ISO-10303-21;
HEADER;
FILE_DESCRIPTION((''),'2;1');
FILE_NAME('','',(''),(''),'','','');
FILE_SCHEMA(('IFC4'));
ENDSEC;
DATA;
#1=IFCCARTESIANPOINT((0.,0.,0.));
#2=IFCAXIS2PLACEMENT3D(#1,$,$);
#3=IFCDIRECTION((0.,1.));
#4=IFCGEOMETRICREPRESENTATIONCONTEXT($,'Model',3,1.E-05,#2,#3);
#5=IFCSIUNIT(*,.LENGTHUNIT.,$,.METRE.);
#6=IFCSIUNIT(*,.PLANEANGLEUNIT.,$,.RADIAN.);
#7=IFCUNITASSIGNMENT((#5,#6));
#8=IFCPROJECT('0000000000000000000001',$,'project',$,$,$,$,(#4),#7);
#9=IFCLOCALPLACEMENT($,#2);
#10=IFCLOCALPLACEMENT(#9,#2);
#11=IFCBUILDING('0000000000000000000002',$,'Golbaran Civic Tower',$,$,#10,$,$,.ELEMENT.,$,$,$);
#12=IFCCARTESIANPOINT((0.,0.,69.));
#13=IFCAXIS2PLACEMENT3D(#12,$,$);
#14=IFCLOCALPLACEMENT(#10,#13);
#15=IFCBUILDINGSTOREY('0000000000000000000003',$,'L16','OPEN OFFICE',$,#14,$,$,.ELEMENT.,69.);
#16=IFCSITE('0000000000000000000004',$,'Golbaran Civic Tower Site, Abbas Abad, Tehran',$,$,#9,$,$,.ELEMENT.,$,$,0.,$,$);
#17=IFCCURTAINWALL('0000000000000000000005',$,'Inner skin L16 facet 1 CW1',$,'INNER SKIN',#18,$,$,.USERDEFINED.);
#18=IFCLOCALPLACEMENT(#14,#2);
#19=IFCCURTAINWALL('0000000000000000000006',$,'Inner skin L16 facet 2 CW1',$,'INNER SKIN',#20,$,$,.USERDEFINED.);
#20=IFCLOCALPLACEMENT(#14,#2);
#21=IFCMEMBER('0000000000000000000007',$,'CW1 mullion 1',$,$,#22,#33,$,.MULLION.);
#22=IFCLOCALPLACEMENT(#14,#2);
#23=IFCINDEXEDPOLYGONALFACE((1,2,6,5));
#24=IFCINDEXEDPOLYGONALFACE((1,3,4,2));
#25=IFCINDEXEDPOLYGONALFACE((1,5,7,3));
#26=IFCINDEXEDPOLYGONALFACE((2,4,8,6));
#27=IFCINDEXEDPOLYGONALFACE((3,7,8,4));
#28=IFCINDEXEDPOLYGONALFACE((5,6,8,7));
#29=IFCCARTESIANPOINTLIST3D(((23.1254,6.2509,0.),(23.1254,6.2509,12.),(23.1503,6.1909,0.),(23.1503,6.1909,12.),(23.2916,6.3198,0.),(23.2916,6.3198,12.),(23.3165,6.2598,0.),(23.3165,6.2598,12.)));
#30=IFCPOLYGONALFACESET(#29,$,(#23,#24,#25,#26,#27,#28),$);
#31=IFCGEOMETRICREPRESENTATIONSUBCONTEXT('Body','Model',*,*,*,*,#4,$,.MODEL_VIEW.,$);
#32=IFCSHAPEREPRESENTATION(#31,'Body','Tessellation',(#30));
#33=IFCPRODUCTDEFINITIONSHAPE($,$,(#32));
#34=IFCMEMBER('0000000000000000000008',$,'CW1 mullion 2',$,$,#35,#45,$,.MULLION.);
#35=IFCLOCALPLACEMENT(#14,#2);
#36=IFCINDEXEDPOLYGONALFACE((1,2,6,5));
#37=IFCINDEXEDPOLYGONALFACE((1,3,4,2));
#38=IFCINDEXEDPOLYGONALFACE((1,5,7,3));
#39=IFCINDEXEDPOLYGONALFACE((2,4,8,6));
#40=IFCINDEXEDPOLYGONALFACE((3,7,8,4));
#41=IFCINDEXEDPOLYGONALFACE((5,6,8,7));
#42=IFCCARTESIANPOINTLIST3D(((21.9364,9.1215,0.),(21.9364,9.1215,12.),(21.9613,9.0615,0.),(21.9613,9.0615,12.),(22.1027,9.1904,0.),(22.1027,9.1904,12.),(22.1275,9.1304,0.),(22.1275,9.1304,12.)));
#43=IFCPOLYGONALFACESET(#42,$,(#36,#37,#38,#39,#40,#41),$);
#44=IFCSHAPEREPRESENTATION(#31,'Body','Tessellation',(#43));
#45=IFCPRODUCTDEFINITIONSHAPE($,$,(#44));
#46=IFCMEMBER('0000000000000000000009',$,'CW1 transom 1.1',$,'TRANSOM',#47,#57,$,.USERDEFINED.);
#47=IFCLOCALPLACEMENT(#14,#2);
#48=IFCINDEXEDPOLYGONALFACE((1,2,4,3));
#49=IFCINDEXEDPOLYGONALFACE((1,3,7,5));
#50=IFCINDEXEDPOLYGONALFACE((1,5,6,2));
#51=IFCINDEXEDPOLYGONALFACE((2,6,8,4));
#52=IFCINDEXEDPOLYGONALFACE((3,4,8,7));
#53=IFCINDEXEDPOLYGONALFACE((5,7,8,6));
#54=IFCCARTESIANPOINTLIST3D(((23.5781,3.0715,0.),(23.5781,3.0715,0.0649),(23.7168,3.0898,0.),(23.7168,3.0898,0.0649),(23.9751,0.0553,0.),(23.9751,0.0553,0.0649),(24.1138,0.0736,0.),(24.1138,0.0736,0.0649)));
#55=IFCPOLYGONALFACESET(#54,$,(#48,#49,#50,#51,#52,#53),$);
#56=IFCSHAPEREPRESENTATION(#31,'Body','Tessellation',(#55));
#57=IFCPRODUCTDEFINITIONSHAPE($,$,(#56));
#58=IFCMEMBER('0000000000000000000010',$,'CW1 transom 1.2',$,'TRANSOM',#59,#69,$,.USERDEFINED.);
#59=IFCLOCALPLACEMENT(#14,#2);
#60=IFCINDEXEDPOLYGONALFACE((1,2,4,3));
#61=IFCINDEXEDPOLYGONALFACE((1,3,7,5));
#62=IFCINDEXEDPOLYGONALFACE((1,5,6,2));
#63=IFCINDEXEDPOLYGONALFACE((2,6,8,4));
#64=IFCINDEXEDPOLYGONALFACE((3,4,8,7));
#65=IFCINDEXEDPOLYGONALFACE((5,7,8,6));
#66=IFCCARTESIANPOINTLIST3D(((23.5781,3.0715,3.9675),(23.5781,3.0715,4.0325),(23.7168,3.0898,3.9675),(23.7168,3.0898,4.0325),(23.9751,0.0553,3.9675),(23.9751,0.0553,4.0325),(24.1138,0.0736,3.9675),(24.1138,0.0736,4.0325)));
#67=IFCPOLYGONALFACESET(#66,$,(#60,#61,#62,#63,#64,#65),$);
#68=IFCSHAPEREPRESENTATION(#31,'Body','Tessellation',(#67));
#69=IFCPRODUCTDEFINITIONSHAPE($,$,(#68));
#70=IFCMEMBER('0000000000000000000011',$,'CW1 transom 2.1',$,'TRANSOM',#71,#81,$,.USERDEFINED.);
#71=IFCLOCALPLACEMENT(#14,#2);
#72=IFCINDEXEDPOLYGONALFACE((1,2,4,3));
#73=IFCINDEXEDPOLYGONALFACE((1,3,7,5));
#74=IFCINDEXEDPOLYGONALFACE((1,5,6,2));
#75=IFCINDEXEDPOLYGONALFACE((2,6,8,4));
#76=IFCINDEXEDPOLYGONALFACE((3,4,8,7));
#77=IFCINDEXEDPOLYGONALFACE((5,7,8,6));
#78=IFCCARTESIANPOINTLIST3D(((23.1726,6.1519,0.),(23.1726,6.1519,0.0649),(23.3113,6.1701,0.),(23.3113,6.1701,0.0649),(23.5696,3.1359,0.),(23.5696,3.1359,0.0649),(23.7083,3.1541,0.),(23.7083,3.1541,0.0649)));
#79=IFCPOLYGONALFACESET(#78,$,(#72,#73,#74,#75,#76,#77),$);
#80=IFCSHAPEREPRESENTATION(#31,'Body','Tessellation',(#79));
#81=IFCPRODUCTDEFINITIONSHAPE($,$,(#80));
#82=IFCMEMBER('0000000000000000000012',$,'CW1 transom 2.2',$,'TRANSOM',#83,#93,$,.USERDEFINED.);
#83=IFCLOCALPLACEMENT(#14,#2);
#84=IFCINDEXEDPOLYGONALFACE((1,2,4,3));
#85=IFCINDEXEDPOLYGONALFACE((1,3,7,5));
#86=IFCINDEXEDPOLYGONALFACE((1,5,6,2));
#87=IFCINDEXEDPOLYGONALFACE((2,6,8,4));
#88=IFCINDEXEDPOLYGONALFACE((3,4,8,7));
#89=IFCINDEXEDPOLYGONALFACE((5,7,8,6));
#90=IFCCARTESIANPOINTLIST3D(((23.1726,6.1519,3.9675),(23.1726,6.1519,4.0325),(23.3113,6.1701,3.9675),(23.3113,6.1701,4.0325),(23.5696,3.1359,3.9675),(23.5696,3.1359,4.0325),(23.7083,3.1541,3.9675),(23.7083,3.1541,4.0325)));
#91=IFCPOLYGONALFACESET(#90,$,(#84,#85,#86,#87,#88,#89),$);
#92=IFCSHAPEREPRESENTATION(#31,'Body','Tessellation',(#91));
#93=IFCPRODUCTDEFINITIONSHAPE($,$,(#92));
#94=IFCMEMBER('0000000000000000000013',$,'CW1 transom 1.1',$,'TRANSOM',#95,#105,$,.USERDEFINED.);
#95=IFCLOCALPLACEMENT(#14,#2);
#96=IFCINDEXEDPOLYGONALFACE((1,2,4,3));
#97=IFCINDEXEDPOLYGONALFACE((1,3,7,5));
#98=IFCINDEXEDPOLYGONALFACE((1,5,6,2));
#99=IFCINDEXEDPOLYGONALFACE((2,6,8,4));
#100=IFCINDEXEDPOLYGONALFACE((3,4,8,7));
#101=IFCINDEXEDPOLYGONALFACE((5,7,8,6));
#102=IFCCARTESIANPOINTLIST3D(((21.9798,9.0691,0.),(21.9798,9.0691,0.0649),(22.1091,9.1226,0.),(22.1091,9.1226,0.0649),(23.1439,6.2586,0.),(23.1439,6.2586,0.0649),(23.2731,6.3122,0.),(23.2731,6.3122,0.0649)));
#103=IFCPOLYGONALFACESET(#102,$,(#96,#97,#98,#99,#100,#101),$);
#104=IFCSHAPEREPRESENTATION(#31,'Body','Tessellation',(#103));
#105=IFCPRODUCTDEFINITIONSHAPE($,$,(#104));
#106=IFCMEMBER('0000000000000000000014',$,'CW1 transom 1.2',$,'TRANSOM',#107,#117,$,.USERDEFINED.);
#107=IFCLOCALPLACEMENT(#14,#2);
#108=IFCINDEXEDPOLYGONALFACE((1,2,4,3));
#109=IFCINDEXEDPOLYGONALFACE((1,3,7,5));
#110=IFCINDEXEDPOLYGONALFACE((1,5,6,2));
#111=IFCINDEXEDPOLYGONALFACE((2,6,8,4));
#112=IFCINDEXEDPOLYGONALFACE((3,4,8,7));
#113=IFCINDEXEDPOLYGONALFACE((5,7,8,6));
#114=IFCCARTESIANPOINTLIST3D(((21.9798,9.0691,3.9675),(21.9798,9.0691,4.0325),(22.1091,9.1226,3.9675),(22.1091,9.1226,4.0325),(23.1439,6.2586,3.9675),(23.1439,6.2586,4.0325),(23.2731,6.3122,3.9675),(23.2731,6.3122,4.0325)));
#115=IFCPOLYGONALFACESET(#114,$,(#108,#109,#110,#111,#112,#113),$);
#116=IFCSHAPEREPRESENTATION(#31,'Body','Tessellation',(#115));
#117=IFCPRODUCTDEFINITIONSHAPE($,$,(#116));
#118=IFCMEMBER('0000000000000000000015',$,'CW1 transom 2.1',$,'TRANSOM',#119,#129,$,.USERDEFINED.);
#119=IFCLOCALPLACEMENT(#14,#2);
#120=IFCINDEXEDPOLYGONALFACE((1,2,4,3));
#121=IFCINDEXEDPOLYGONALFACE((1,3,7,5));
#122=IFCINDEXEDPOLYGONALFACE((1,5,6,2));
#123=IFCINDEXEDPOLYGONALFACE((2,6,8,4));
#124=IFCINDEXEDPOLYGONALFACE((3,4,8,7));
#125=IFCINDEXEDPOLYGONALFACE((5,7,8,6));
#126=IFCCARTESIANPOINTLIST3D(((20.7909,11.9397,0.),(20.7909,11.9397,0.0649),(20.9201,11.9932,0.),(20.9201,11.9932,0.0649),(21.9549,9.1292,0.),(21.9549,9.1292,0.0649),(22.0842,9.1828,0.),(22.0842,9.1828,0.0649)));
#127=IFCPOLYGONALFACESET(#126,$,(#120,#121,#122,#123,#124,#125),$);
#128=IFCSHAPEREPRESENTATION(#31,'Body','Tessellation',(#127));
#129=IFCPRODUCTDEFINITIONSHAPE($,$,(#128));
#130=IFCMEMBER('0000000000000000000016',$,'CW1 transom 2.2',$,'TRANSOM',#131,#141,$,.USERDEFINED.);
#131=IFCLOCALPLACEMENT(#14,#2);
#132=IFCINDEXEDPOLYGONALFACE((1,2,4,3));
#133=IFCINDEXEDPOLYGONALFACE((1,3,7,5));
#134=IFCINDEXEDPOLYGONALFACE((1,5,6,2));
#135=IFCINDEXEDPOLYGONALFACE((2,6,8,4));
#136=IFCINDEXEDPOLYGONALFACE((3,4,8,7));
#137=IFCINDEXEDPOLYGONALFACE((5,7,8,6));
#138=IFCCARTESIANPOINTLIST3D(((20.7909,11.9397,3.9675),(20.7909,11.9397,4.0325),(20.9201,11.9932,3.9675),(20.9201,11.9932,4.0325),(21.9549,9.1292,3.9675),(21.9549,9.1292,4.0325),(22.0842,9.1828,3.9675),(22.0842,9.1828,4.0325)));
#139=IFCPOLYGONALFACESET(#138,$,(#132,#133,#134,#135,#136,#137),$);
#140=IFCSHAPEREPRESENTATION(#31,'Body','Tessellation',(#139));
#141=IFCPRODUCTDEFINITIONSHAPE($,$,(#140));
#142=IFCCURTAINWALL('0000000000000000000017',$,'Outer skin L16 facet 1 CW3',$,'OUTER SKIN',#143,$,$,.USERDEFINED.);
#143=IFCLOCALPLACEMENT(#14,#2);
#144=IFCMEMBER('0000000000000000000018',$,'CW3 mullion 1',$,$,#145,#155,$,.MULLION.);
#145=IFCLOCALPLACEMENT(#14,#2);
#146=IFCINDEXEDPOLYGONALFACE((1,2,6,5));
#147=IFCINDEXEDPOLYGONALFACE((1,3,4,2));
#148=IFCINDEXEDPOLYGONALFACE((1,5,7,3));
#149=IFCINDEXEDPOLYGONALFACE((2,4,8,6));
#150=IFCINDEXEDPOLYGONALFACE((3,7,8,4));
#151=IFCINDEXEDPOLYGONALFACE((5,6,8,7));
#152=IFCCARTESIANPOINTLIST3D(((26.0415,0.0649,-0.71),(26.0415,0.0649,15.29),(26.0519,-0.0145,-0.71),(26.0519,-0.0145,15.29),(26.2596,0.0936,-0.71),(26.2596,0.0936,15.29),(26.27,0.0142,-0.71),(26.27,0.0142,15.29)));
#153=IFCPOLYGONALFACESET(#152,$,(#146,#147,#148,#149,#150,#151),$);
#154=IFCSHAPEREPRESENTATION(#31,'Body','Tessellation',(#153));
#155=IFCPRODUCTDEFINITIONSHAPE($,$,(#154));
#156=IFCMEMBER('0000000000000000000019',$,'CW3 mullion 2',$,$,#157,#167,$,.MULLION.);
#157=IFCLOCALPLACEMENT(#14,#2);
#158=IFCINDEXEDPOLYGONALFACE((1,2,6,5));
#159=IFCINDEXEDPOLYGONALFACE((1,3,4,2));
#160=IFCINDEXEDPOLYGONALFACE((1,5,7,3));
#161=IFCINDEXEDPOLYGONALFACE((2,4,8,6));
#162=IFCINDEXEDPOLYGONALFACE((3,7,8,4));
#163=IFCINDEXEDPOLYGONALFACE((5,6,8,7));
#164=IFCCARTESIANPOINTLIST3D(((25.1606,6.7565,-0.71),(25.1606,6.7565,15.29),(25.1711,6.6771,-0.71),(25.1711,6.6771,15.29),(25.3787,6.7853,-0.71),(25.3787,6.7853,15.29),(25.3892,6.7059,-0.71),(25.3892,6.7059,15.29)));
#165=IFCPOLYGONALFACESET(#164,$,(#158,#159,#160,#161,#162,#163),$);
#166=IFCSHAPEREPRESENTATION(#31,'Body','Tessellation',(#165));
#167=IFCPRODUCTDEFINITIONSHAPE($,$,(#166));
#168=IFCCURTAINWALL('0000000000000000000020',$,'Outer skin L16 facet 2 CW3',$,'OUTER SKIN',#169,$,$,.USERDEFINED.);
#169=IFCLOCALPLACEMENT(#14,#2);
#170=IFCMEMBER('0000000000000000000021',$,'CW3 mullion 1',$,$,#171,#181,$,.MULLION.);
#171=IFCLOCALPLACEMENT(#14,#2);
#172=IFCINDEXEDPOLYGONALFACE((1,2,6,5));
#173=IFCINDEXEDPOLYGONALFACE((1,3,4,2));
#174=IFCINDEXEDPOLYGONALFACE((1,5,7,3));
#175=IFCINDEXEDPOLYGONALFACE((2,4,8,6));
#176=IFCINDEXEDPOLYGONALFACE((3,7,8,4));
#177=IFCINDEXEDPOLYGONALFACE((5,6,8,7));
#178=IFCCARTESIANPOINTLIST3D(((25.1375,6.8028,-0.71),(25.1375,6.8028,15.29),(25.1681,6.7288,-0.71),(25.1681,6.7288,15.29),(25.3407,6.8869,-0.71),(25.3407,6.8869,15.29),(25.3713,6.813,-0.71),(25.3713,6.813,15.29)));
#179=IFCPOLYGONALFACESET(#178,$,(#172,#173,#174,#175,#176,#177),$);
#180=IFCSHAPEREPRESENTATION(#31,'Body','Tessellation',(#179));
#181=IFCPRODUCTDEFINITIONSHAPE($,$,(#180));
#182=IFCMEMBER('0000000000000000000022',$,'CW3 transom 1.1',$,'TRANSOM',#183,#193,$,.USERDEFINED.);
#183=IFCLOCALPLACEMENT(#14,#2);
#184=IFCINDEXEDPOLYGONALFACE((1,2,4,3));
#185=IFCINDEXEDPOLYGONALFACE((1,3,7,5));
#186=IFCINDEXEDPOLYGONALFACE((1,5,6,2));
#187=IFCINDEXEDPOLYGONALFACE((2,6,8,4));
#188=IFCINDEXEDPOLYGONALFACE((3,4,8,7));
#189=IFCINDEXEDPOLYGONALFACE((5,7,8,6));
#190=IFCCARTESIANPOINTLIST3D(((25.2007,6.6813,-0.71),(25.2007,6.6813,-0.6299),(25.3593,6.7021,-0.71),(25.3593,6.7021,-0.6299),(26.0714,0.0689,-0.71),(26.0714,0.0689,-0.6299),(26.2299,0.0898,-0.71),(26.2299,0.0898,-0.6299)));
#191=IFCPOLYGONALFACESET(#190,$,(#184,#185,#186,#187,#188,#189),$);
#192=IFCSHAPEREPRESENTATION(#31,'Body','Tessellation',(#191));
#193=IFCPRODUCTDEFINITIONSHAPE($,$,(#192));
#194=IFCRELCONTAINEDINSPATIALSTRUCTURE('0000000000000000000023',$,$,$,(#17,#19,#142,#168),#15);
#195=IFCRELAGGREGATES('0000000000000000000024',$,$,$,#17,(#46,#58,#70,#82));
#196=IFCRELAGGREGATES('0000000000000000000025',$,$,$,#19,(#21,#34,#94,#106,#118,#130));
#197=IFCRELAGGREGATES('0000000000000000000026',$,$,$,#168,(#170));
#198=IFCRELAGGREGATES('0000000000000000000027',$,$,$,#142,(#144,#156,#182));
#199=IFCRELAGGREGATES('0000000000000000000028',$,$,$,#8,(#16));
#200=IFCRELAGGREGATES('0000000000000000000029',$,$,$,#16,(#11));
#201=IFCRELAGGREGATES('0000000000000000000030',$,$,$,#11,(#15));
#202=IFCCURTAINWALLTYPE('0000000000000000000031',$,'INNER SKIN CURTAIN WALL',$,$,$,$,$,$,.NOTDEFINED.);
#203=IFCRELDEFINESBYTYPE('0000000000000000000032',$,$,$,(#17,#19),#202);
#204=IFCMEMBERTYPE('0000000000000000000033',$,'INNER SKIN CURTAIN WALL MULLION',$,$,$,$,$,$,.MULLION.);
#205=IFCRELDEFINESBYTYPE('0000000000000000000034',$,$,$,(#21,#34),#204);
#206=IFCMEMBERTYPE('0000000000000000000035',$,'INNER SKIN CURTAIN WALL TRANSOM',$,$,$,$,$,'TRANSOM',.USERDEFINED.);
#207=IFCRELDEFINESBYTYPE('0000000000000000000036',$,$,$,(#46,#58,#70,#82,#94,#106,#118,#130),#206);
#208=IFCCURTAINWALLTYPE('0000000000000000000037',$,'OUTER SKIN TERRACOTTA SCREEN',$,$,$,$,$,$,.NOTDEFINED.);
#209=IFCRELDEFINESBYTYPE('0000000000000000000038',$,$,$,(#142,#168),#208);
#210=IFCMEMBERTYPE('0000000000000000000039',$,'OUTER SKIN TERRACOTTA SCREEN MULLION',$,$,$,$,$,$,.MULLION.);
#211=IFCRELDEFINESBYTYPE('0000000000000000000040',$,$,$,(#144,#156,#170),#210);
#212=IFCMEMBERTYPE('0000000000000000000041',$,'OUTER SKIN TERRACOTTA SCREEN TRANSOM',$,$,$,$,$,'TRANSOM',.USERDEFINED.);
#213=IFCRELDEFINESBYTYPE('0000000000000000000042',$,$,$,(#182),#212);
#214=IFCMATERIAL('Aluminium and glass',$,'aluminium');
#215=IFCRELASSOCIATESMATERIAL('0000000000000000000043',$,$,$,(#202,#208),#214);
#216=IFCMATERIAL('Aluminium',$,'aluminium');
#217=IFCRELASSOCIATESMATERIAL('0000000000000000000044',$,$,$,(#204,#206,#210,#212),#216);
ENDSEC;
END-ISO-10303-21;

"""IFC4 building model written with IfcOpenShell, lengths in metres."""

from ifc_helpers import new_model, si_unit, direction, frame, origin, origin_2d, place, context, subcontext, project, spatial, rectangle, extrude, material, material_profile, profile_set, type_object, element, aggregate, save


model = new_model("IFC4")

# Units and contexts
model_context = context("Model", 3, precision=1e-05, world=origin(), true_north=direction((0.0, 1.0)))
body_context = subcontext(model_context, "Body", "Model", "MODEL_VIEW")
ifc_project = project(units=[si_unit("LENGTHUNIT", "METRE"), si_unit("PLANEANGLEUNIT", "RADIAN")], contexts=[model_context])

# Site, building, storey
site_placement = place(None, origin())
site = spatial("IfcSite", under=ifc_project, at=site_placement, Name="Golbaran Civic Tower Site, Abbas Abad, Tehran", CompositionType="ELEMENT", RefElevation=0.0)
building_placement = place(site_placement, origin())
building = spatial("IfcBuilding", under=site, at=building_placement, Name="Golbaran Civic Tower", CompositionType="ELEMENT")
storey_placement = place(building_placement, frame((0.0, 0.0, 69.0)))
storey = spatial("IfcBuildingStorey", under=building, at=storey_placement, Name="L16", Description="OPEN OFFICE", CompositionType="ELEMENT", Elevation=69.0)

# Curtain walls, members
ifc_material_1 = material(Name="Aluminium and glass", Category="aluminium")
curtain_wall_type_1 = type_object("IfcCurtainWallType", Name="INNER SKIN CURTAIN WALL", PredefinedType="NOTDEFINED", material=ifc_material_1)
curtain_wall_1_placement = place(storey_placement, origin())
curtain_wall_1 = element("IfcCurtainWall", 1, at=curtain_wall_1_placement, inside=storey, type_object=curtain_wall_type_1, Name="Inner skin L16 facet 1 CW1", ObjectType="INNER SKIN", PredefinedType="USERDEFINED")
ifc_material_2 = material(Name="Aluminium", Category="aluminium")
ifc_material_profile_1 = material_profile(ifc_material_2, rectangle(XDim=0.1799, YDim=0.0649, at=origin_2d()), Name="INNER SKIN CURTAIN WALL MULLION")
ifc_profile_set_1 = profile_set([ifc_material_profile_1], Name="Aluminium")
member_type_1 = type_object("IfcMemberType", Name="INNER SKIN CURTAIN WALL MULLION", PredefinedType="MULLION", material=ifc_profile_set_1)
curtain_wall_2_placement = place(storey_placement, origin())
curtain_wall_2 = element("IfcCurtainWall", 2, at=curtain_wall_2_placement, inside=storey, type_object=curtain_wall_type_1, Name="Inner skin L16 facet 2 CW1", ObjectType="INNER SKIN", PredefinedType="USERDEFINED")
member_1_placement = place(storey_placement, frame((23.2209, 6.2554, 0.0), z_axis=(0.0, 0.0, 1.0), x_axis=(-0.92388, -0.382683, 0.0)))
member_1 = element("IfcMember", 3, at=member_1_placement, type_object=member_type_1, Name="CW1 mullion 1", PredefinedType="MULLION", context=body_context, shape_type="SweptSolid", body=[
    extrude(rectangle(XDim=0.1799, YDim=0.0649, at=origin_2d()), origin(), (0.0, 0.0, 1.0), 12.0),
])
member_2_placement = place(storey_placement, frame((22.032, 9.126, 0.0), z_axis=(0.0, 0.0, 1.0), x_axis=(-0.92388, -0.382683, 0.0)))
member_2 = element("IfcMember", 4, at=member_2_placement, type_object=member_type_1, Name="CW1 mullion 2", PredefinedType="MULLION", context=body_context, shape_type="SweptSolid", body=[
    extrude(rectangle(XDim=0.1799, YDim=0.0649, at=origin_2d()), origin(), (0.0, 0.0, 1.0), 12.0),
])

# Members
ifc_material_profile_2 = material_profile(ifc_material_2, rectangle(XDim=0.1399, YDim=0.0649, at=origin_2d()), Name="INNER SKIN CURTAIN WALL TRANSOM")
ifc_profile_set_2 = profile_set([ifc_material_profile_2], Name="Aluminium")
member_type_2 = type_object("IfcMemberType", Name="INNER SKIN CURTAIN WALL TRANSOM", ElementType="TRANSOM", PredefinedType="USERDEFINED", material=ifc_profile_set_2)
member_3_placement = place(storey_placement, frame((24.0444, 0.0645, 0.0325), z_axis=(-0.130492, 0.991449, 0.0), x_axis=(-0.991449, -0.130492, 0.0)))
member_3 = element("IfcMember", 5, at=member_3_placement, type_object=member_type_2, Name="CW1 transom 1.1", ObjectType="TRANSOM", PredefinedType="USERDEFINED", context=body_context, shape_type="SweptSolid", body=[
    extrude(rectangle(XDim=0.1399, YDim=0.0649, at=origin_2d()), origin(), (0.0, 0.0, 1.0), 3.0422),
])
member_4_placement = place(storey_placement, frame((24.0444, 0.0645, 4.0), z_axis=(-0.130492, 0.991449, 0.0), x_axis=(-0.991449, -0.130492, 0.0)))
member_4 = element("IfcMember", 6, at=member_4_placement, type_object=member_type_2, Name="CW1 transom 1.2", ObjectType="TRANSOM", PredefinedType="USERDEFINED", context=body_context, shape_type="SweptSolid", body=[
    extrude(rectangle(XDim=0.1399, YDim=0.0649, at=origin_2d()), origin(), (0.0, 0.0, 1.0), 3.0422),
])
member_5_placement = place(storey_placement, frame((23.6389, 3.145, 0.0325), z_axis=(-0.130502, 0.991448, 0.0), x_axis=(-0.991448, -0.130502, 0.0)))
member_5 = element("IfcMember", 7, at=member_5_placement, type_object=member_type_2, Name="CW1 transom 2.1", ObjectType="TRANSOM", PredefinedType="USERDEFINED", context=body_context, shape_type="SweptSolid", body=[
    extrude(rectangle(XDim=0.1399, YDim=0.0649, at=origin_2d()), origin(), (0.0, 0.0, 1.0), 3.042),
])
member_6_placement = place(storey_placement, frame((23.6389, 3.145, 4.0), z_axis=(-0.130502, 0.991448, 0.0), x_axis=(-0.991448, -0.130502, 0.0)))
member_6 = element("IfcMember", 8, at=member_6_placement, type_object=member_type_2, Name="CW1 transom 2.2", ObjectType="TRANSOM", PredefinedType="USERDEFINED", context=body_context, shape_type="SweptSolid", body=[
    extrude(rectangle(XDim=0.1399, YDim=0.0649, at=origin_2d()), origin(), (0.0, 0.0, 1.0), 3.042),
])
member_7_placement = place(storey_placement, frame((23.2085, 6.2854, 0.0325), z_axis=(-0.382654, 0.923892, 0.0), x_axis=(-0.923892, -0.382654, 0.0)))
member_7 = element("IfcMember", 9, at=member_7_placement, type_object=member_type_2, Name="CW1 transom 1.1", ObjectType="TRANSOM", PredefinedType="USERDEFINED", context=body_context, shape_type="SweptSolid", body=[
    extrude(rectangle(XDim=0.1399, YDim=0.0649, at=origin_2d()), origin(), (0.0, 0.0, 1.0), 3.042),
])
member_8_placement = place(storey_placement, frame((23.2085, 6.2854, 4.0), z_axis=(-0.382654, 0.923892, 0.0), x_axis=(-0.923892, -0.382654, 0.0)))
member_8 = element("IfcMember", 10, at=member_8_placement, type_object=member_type_2, Name="CW1 transom 1.2", ObjectType="TRANSOM", PredefinedType="USERDEFINED", context=body_context, shape_type="SweptSolid", body=[
    extrude(rectangle(XDim=0.1399, YDim=0.0649, at=origin_2d()), origin(), (0.0, 0.0, 1.0), 3.042),
])
member_9_placement = place(storey_placement, frame((22.0195, 9.156, 0.0325), z_axis=(-0.382654, 0.923892, 0.0), x_axis=(-0.923892, -0.382654, 0.0)))
member_9 = element("IfcMember", 11, at=member_9_placement, type_object=member_type_2, Name="CW1 transom 2.1", ObjectType="TRANSOM", PredefinedType="USERDEFINED", context=body_context, shape_type="SweptSolid", body=[
    extrude(rectangle(XDim=0.1399, YDim=0.0649, at=origin_2d()), origin(), (0.0, 0.0, 1.0), 3.042),
])
member_10_placement = place(storey_placement, frame((22.0195, 9.156, 4.0), z_axis=(-0.382654, 0.923892, 0.0), x_axis=(-0.923892, -0.382654, 0.0)))
member_10 = element("IfcMember", 12, at=member_10_placement, type_object=member_type_2, Name="CW1 transom 2.2", ObjectType="TRANSOM", PredefinedType="USERDEFINED", context=body_context, shape_type="SweptSolid", body=[
    extrude(rectangle(XDim=0.1399, YDim=0.0649, at=origin_2d()), origin(), (0.0, 0.0, 1.0), 3.042),
])

# Curtain wall, members
curtain_wall_type_2 = type_object("IfcCurtainWallType", Name="OUTER SKIN TERRACOTTA SCREEN", PredefinedType="NOTDEFINED", material=ifc_material_1)
curtain_wall_3_placement = place(storey_placement, origin())
curtain_wall_3 = element("IfcCurtainWall", 13, at=curtain_wall_3_placement, inside=storey, type_object=curtain_wall_type_2, Name="Outer skin L16 facet 1 CW3", ObjectType="OUTER SKIN", PredefinedType="USERDEFINED")
ifc_material_profile_3 = material_profile(ifc_material_2, rectangle(XDim=0.22, YDim=0.0801, at=origin_2d()), Name="OUTER SKIN TERRACOTTA SCREEN MULLION")
ifc_profile_set_3 = profile_set([ifc_material_profile_3], Name="Aluminium")
member_type_3 = type_object("IfcMemberType", Name="OUTER SKIN TERRACOTTA SCREEN MULLION", PredefinedType="MULLION", material=ifc_profile_set_3)
member_11_placement = place(storey_placement, frame((26.1558, 0.0396, -0.71), z_axis=(0.0, 0.0, 1.0), x_axis=(-0.991445, -0.130526, 0.0)))
member_11 = element("IfcMember", 14, at=member_11_placement, type_object=member_type_3, Name="CW3 mullion 1", PredefinedType="MULLION", context=body_context, shape_type="SweptSolid", body=[
    extrude(rectangle(XDim=0.22, YDim=0.0801, at=origin_2d()), origin(), (0.0, 0.0, 1.0), 16.0),
])
member_12_placement = place(storey_placement, frame((25.2749, 6.7312, -0.71), z_axis=(0.0, 0.0, 1.0), x_axis=(-0.991445, -0.130526, 0.0)))
member_12 = element("IfcMember", 15, at=member_12_placement, type_object=member_type_3, Name="CW3 mullion 2", PredefinedType="MULLION", context=body_context, shape_type="SweptSolid", body=[
    extrude(rectangle(XDim=0.22, YDim=0.0801, at=origin_2d()), origin(), (0.0, 0.0, 1.0), 16.0),
])

# Curtain wall, member
curtain_wall_4_placement = place(storey_placement, origin())
curtain_wall_4 = element("IfcCurtainWall", 16, at=curtain_wall_4_placement, inside=storey, type_object=curtain_wall_type_2, Name="Outer skin L16 facet 2 CW3", ObjectType="OUTER SKIN", PredefinedType="USERDEFINED")
member_13_placement = place(storey_placement, frame((25.2544, 6.8079, -0.71), z_axis=(0.0, 0.0, 1.0), x_axis=(-0.92388, -0.382683, 0.0)))
member_13 = element("IfcMember", 17, at=member_13_placement, type_object=member_type_3, Name="CW3 mullion 1", PredefinedType="MULLION", context=body_context, shape_type="SweptSolid", body=[
    extrude(rectangle(XDim=0.22, YDim=0.0801, at=origin_2d()), origin(), (0.0, 0.0, 1.0), 16.0),
])

# Member
ifc_material_profile_4 = material_profile(ifc_material_2, rectangle(XDim=0.1599, YDim=0.0801, at=origin_2d()), Name="OUTER SKIN TERRACOTTA SCREEN TRANSOM")
ifc_profile_set_4 = profile_set([ifc_material_profile_4], Name="Aluminium")
member_type_4 = type_object("IfcMemberType", Name="OUTER SKIN TERRACOTTA SCREEN TRANSOM", ElementType="TRANSOM", PredefinedType="USERDEFINED", material=ifc_profile_set_4)
member_14_placement = place(storey_placement, frame((26.1506, 0.0793, -0.6699), z_axis=(-0.130538, 0.991443, 0.0), x_axis=(-0.991443, -0.130538, 0.0)))
member_14 = element("IfcMember", 18, at=member_14_placement, type_object=member_type_4, Name="CW3 transom 1.1", ObjectType="TRANSOM", PredefinedType="USERDEFINED", context=body_context, shape_type="SweptSolid", body=[
    extrude(rectangle(XDim=0.1599, YDim=0.0801, at=origin_2d()), origin(), (0.0, 0.0, 1.0), 6.6694),
])

aggregate(curtain_wall_1, [member_3, member_4, member_5, member_6])
aggregate(curtain_wall_2, [member_1, member_2, member_7, member_8, member_9, member_10])
aggregate(curtain_wall_4, [member_13])
aggregate(curtain_wall_3, [member_11, member_12, member_14])

save(model, "model.ifc")
